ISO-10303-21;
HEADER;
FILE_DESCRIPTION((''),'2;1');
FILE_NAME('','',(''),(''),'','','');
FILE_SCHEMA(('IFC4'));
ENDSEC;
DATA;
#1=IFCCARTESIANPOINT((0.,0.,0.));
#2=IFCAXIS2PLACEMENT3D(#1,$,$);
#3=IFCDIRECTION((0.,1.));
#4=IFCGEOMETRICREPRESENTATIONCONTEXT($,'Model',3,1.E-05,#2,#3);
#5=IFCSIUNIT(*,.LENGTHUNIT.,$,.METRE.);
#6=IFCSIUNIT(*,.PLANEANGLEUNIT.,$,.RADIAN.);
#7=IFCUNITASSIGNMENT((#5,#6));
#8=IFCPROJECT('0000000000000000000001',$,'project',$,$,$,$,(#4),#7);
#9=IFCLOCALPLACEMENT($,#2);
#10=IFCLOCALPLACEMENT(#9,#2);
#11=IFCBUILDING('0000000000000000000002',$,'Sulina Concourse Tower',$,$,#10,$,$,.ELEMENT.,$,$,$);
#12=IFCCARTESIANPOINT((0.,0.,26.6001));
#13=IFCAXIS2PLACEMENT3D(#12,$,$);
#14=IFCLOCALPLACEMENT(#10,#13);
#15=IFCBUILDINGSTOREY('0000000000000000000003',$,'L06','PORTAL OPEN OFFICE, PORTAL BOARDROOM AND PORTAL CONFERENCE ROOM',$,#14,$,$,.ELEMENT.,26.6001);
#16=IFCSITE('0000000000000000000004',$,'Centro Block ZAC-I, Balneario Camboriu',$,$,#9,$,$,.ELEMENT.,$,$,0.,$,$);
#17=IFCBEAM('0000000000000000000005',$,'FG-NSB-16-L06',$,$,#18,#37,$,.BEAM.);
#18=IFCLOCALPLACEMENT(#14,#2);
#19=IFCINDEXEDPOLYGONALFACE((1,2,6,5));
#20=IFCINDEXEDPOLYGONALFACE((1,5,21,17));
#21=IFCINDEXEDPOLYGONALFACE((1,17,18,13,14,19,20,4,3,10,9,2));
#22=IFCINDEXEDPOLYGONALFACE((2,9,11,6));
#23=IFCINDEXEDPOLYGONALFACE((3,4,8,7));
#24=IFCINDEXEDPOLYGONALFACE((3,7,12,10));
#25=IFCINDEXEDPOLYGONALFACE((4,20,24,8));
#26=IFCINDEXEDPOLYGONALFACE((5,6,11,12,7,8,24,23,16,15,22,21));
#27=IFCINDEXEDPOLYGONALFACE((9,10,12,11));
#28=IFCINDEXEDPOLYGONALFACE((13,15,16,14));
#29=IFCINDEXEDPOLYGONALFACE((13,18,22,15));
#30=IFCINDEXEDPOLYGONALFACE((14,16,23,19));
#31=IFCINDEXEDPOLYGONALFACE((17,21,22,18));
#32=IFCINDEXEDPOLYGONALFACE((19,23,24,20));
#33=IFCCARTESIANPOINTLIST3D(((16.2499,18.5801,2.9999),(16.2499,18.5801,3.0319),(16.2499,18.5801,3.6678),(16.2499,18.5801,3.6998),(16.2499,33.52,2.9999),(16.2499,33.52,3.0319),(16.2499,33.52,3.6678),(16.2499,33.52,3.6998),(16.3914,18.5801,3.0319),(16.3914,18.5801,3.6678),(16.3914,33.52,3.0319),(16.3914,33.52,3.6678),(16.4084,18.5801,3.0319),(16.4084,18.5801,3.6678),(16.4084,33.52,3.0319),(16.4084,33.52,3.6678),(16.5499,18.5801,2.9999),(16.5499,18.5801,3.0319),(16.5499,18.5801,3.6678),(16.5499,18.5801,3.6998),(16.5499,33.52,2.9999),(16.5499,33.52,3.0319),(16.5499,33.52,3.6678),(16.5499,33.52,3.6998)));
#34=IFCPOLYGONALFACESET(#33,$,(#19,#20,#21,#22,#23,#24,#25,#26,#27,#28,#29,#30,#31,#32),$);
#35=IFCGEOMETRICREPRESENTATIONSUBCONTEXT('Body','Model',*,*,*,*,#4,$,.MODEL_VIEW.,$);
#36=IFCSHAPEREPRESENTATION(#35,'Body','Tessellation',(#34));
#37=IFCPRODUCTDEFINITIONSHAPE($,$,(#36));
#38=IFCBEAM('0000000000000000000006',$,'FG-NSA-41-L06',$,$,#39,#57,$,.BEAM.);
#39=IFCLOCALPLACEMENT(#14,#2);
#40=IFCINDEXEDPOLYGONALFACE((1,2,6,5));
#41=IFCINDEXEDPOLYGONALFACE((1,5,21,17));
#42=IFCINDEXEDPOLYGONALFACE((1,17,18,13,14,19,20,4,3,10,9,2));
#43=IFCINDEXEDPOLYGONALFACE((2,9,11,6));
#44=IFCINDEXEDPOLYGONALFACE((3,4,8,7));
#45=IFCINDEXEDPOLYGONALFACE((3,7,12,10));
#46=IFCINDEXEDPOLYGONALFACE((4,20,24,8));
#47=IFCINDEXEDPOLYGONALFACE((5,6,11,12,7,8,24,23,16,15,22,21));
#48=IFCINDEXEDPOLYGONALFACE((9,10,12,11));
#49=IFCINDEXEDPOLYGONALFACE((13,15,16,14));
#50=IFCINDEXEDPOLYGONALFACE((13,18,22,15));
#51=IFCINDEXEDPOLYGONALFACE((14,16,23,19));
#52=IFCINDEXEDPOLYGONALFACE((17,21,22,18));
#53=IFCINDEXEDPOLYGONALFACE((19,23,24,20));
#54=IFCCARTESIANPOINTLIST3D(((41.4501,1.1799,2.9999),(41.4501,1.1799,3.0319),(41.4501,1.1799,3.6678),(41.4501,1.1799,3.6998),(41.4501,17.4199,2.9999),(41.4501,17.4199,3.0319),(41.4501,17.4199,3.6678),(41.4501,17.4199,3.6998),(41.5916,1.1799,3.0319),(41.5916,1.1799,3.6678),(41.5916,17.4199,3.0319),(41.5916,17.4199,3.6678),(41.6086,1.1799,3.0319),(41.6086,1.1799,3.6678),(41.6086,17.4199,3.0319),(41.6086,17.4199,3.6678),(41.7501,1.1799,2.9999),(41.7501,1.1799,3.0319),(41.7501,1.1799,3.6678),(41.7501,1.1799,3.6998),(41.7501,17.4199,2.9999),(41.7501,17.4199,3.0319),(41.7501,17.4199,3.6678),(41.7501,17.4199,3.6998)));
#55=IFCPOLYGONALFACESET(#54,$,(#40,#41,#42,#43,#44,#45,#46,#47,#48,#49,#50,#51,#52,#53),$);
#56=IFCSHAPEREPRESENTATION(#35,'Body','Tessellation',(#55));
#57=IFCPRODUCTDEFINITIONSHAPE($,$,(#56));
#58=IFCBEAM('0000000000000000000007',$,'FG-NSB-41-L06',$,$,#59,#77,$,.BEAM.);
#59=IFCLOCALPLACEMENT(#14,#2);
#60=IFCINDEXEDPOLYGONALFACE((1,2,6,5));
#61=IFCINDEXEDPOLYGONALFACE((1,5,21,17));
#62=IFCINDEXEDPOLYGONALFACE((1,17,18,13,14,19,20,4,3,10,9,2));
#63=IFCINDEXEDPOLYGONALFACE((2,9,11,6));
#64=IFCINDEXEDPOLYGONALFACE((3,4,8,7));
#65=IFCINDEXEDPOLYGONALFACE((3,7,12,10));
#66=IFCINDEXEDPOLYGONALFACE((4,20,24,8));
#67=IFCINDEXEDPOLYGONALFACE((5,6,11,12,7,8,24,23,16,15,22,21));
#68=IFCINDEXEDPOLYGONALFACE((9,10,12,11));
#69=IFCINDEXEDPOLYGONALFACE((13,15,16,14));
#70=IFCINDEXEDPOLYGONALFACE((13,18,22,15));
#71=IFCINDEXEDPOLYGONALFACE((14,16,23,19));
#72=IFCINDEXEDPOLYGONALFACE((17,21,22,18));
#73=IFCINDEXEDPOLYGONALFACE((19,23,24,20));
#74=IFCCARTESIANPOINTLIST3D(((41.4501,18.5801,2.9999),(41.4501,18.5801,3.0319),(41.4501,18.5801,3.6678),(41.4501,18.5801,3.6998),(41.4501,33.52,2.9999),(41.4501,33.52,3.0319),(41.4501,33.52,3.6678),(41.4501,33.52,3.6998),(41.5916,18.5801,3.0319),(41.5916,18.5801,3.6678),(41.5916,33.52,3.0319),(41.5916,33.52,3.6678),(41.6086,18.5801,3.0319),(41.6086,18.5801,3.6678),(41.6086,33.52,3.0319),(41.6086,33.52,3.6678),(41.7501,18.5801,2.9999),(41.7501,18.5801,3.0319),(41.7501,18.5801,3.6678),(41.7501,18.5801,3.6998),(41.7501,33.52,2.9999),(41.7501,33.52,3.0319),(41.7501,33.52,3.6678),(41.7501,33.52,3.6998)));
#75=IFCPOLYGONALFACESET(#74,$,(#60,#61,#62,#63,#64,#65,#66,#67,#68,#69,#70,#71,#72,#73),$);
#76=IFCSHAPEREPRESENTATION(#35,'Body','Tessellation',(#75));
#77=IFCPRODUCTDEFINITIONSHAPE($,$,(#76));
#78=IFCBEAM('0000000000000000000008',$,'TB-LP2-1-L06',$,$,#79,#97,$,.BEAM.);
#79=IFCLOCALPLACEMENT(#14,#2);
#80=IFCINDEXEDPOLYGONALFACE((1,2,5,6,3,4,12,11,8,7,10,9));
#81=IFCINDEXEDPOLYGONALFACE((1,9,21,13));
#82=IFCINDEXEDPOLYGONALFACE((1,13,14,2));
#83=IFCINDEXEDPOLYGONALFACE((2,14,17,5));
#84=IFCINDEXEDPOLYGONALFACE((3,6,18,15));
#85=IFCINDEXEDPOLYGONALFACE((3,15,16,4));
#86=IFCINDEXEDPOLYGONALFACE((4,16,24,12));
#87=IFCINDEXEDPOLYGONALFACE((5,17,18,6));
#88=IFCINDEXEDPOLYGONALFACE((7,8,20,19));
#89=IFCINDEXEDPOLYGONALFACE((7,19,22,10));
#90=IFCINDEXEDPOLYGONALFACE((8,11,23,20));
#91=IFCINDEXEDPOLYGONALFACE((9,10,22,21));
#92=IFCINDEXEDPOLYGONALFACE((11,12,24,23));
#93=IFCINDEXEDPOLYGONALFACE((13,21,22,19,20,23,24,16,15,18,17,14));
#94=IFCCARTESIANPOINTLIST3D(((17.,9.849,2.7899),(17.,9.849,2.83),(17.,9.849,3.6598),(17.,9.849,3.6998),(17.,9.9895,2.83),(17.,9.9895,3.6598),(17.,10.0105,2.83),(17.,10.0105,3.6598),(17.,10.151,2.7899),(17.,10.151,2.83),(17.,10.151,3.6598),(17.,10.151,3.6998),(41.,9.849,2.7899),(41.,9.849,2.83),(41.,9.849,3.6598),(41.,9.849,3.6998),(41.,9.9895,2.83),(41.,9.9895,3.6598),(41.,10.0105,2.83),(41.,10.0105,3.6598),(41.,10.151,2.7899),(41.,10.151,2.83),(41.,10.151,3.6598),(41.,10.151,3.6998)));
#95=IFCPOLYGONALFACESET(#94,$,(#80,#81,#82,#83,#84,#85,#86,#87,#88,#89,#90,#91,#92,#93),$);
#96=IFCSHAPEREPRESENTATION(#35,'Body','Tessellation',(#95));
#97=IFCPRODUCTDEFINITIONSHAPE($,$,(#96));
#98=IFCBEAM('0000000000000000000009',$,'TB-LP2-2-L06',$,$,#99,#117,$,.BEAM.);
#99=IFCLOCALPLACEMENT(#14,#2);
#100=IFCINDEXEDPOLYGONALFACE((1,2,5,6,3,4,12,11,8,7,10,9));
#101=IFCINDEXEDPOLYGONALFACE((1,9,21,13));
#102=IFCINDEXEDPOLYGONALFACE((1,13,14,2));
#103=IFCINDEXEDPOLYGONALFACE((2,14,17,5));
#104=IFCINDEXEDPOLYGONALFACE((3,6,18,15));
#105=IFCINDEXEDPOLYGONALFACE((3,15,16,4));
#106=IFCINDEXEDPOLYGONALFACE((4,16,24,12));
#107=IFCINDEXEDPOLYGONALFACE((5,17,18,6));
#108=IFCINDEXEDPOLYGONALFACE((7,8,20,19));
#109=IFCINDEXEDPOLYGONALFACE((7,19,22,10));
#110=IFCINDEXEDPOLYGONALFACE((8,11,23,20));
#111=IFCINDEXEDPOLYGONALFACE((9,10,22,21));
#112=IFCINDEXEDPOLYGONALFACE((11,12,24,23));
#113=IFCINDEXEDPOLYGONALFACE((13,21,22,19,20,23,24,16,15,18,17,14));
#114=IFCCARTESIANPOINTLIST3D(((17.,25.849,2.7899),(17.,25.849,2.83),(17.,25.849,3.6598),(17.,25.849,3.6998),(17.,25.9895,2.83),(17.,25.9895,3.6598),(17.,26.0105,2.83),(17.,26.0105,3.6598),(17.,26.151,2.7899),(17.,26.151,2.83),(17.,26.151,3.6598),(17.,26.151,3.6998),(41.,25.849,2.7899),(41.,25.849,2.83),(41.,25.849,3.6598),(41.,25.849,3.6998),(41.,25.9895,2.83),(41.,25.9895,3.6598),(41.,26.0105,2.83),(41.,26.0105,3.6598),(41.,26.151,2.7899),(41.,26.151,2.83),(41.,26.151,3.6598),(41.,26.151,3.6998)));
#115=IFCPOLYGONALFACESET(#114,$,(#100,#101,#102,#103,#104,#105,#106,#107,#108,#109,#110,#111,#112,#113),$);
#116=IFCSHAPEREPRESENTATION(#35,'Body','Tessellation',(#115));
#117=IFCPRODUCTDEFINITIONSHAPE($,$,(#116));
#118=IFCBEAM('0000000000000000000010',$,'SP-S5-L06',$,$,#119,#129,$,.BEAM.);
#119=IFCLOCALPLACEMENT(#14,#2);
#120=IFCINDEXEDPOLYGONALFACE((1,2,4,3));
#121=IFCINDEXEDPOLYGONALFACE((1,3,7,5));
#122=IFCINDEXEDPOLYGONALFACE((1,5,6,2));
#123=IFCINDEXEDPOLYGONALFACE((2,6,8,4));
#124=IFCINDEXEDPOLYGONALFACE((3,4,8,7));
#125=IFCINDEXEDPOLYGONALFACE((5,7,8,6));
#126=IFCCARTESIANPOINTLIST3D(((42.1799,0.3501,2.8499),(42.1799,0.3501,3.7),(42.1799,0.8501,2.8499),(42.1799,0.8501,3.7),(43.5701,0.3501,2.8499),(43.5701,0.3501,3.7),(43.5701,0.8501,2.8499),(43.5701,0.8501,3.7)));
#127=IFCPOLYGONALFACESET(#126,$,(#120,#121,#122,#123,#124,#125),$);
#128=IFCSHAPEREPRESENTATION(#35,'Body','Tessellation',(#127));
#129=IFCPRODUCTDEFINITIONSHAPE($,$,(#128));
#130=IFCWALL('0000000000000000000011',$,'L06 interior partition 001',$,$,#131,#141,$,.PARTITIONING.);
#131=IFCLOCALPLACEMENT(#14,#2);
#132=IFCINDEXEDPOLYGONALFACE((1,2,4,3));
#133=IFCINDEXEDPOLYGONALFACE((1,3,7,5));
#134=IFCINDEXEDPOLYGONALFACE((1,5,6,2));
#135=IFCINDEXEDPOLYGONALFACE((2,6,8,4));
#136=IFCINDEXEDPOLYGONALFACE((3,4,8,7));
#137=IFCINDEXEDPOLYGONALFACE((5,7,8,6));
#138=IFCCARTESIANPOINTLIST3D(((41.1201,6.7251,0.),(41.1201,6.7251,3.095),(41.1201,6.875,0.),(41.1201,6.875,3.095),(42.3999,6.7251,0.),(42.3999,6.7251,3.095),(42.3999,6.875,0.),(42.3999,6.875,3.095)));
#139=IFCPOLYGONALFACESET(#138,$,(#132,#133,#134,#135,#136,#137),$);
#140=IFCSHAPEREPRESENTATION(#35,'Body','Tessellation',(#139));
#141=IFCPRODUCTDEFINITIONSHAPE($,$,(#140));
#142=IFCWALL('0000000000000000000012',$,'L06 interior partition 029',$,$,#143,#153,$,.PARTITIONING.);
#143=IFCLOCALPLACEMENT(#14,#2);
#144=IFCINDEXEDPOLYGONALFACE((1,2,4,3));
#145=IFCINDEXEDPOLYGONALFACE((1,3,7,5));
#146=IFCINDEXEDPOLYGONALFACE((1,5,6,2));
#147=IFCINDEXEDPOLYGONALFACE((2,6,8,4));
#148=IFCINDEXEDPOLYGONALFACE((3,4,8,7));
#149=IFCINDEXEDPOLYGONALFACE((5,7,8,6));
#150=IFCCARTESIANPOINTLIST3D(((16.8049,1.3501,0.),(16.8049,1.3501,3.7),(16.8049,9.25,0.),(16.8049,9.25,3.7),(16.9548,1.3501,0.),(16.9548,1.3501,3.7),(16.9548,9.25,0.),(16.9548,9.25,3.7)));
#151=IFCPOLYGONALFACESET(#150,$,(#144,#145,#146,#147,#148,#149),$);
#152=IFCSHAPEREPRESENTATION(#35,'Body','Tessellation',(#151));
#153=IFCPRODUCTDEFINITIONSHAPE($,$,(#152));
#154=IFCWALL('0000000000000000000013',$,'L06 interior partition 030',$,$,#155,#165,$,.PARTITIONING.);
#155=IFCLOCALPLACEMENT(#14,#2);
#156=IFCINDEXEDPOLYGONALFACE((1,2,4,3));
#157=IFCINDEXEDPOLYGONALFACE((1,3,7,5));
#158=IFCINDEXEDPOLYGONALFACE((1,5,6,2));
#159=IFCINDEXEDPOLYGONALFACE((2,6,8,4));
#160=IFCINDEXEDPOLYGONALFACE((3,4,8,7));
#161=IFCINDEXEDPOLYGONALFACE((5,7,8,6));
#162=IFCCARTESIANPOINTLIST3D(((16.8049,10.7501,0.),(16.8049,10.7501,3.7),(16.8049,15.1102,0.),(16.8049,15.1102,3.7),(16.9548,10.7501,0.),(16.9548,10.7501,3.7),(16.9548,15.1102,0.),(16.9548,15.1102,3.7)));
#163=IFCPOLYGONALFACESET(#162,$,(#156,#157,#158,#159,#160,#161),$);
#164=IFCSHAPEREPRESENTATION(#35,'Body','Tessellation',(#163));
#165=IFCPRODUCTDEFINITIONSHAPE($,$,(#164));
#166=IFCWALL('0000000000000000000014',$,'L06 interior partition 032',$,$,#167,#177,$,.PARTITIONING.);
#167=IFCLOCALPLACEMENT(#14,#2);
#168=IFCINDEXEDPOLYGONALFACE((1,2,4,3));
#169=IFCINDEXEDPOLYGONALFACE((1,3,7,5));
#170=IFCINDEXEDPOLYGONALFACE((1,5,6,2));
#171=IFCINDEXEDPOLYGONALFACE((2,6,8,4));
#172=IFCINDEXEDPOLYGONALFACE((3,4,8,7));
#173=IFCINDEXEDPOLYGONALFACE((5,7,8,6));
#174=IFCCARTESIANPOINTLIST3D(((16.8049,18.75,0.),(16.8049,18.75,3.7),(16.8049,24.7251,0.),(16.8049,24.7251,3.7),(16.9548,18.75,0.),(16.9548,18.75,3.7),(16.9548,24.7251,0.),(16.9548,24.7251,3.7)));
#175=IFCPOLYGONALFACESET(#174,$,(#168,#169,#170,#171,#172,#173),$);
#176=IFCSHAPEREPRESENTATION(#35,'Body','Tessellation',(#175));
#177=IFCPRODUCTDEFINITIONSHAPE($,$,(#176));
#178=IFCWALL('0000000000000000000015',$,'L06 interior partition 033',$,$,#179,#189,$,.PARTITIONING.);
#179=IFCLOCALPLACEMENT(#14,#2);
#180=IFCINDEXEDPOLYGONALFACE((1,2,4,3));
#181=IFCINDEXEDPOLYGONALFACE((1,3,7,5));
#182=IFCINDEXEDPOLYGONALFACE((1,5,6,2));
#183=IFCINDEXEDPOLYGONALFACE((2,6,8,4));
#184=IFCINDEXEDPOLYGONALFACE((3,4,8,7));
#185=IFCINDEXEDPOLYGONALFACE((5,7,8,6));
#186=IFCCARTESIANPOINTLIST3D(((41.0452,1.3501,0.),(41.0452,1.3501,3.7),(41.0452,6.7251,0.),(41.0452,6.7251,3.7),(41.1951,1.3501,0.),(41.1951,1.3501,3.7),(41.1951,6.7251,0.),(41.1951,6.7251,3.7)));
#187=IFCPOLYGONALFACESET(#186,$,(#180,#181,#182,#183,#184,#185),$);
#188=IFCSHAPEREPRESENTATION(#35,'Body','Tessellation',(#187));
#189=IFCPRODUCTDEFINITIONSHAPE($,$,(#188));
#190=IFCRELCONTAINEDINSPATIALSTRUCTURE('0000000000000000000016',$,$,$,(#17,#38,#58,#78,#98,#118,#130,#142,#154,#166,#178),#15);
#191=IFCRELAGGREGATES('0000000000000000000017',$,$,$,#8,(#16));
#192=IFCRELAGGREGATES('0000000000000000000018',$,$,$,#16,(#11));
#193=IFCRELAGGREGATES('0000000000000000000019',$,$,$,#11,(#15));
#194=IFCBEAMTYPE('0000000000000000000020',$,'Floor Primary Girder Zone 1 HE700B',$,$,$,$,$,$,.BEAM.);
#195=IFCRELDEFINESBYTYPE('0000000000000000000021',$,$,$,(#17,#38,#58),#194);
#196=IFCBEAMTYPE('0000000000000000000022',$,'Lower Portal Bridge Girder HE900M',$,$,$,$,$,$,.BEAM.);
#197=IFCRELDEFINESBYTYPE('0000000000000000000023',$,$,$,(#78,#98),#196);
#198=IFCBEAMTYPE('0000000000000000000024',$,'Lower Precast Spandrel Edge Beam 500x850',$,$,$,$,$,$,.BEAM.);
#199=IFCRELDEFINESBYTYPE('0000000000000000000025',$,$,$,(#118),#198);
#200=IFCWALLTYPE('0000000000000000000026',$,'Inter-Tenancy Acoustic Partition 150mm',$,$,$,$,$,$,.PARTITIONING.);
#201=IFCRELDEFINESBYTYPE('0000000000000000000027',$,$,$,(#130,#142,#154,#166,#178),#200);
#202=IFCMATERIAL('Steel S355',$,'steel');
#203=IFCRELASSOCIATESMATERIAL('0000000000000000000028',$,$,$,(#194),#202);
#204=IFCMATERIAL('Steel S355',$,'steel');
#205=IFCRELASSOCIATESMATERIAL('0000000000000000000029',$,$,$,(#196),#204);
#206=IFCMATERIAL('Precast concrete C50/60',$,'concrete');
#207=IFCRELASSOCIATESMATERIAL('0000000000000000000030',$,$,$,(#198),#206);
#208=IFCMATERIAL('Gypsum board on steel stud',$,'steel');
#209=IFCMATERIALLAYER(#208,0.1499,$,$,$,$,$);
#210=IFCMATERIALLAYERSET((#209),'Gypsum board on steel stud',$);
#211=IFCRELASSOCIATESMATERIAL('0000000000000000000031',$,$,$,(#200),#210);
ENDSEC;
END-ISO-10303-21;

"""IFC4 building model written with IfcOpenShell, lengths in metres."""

from ifc_helpers import new_model, si_unit, direction, frame, frame_2d, origin, origin_2d, place, context, subcontext, project, spatial, rectangle, i_section, extrude, material, layer, layer_set, material_profile, profile_set, type_object, element, save


model = new_model("IFC4")

# Units and contexts
model_context = context("Model", 3, precision=1e-05, world=origin(), true_north=direction((0.0, 1.0)))
body_context = subcontext(model_context, "Body", "Model", "MODEL_VIEW")
ifc_project = project(units=[si_unit("LENGTHUNIT", "METRE"), si_unit("PLANEANGLEUNIT", "RADIAN")], contexts=[model_context])

# Site, building, storey
site_placement = place(None, origin())
site = spatial("IfcSite", under=ifc_project, at=site_placement, Name="Centro Block ZAC-I, Balneario Camboriu", CompositionType="ELEMENT", RefElevation=0.0)
building_placement = place(site_placement, origin())
building = spatial("IfcBuilding", under=site, at=building_placement, Name="Sulina Concourse Tower", CompositionType="ELEMENT")
storey_placement = place(building_placement, frame((0.0, 0.0, 26.6001)))
storey = spatial("IfcBuildingStorey", under=building, at=storey_placement, Name="L06", Description="PORTAL OPEN OFFICE, PORTAL BOARDROOM AND PORTAL CONFERENCE ROOM", CompositionType="ELEMENT", Elevation=26.6001)

# Beams
ifc_material_1 = material(Name="Steel S355", Category="steel")
ifc_material_profile_1 = material_profile(ifc_material_1, i_section(OverallWidth=0.3, OverallDepth=0.7, WebThickness=0.0171, FlangeThickness=0.032, at=origin_2d()), Name="HE 700 B")
ifc_profile_set_1 = profile_set([ifc_material_profile_1], Name="Steel S355")
beam_type_1 = type_object("IfcBeamType", Name="Floor Primary Girder Zone 1 HE700B", PredefinedType="BEAM", material=ifc_profile_set_1)
beam_1_placement = place(storey_placement, frame((16.3999, 18.5801, 3.3499), z_axis=(0.0, 1.0, 0.0), x_axis=(-1.0, 0.0, 0.0)))
element("IfcBeam", 1, at=beam_1_placement, inside=storey, type_object=beam_type_1, Name="FG-NSB-16-L06", PredefinedType="BEAM", context=body_context, shape_type="SweptSolid", body=[
    extrude(i_section(OverallWidth=0.3, OverallDepth=0.7, WebThickness=0.0171, FlangeThickness=0.032, at=origin_2d()), origin(), (0.0, 0.0, 1.0), 14.9399),
])
beam_2_placement = place(storey_placement, frame((41.6001, 1.1799, 3.3499), z_axis=(0.0, 1.0, 0.0), x_axis=(-1.0, 0.0, 0.0)))
element("IfcBeam", 2, at=beam_2_placement, inside=storey, type_object=beam_type_1, Name="FG-NSA-41-L06", PredefinedType="BEAM", context=body_context, shape_type="SweptSolid", body=[
    extrude(i_section(OverallWidth=0.3, OverallDepth=0.7, WebThickness=0.0171, FlangeThickness=0.032, at=origin_2d()), origin(), (0.0, 0.0, 1.0), 16.24),
])
beam_3_placement = place(storey_placement, frame((41.6001, 18.5801, 3.3499), z_axis=(0.0, 1.0, 0.0), x_axis=(-1.0, 0.0, 0.0)))
element("IfcBeam", 3, at=beam_3_placement, inside=storey, type_object=beam_type_1, Name="FG-NSB-41-L06", PredefinedType="BEAM", context=body_context, shape_type="SweptSolid", body=[
    extrude(i_section(OverallWidth=0.3, OverallDepth=0.7, WebThickness=0.0171, FlangeThickness=0.032, at=origin_2d()), origin(), (0.0, 0.0, 1.0), 14.9399),
])
ifc_material_2 = material(Name="Steel S355", Category="steel")
ifc_material_profile_2 = material_profile(ifc_material_2, i_section(OverallWidth=0.302, OverallDepth=0.9099, WebThickness=0.021, FlangeThickness=0.04, at=origin_2d()), Name="HE 900 M")
ifc_profile_set_2 = profile_set([ifc_material_profile_2], Name="Steel S355")
beam_type_2 = type_object("IfcBeamType", Name="Lower Portal Bridge Girder HE900M", PredefinedType="BEAM", material=ifc_profile_set_2)
for number, where, z_axis, x_axis, name in (
    (4, (17.0, 10.0, 3.2449), (1.0, 0.0, 0.0), (0.0, 1.0, 0.0), "TB-LP2-1-L06"),
    (5, (17.0, 26.0, 3.2449), (1.0, 0.0, 0.0), (0.0, 1.0, 0.0), "TB-LP2-2-L06"),
):
    element("IfcBeam", number, at=place(storey_placement, frame(where, z_axis=z_axis, x_axis=x_axis)), inside=storey, type_object=beam_type_2, Name=name, PredefinedType="BEAM", context=body_context, shape_type="SweptSolid", body=[
        extrude(i_section(OverallWidth=0.302, OverallDepth=0.9099, WebThickness=0.021, FlangeThickness=0.04, at=origin_2d()), origin(), (0.0, 0.0, 1.0), 24.0),
    ])
ifc_material_3 = material(Name="Precast concrete C50/60", Category="concrete")
ifc_material_profile_3 = material_profile(ifc_material_3, rectangle(XDim=0.5, YDim=0.8501, at=origin_2d()), Name="RC 500x850")
ifc_profile_set_3 = profile_set([ifc_material_profile_3], Name="Precast concrete C50/60")
beam_type_3 = type_object("IfcBeamType", Name="Lower Precast Spandrel Edge Beam 500x850", PredefinedType="BEAM", material=ifc_profile_set_3)
beam_4_placement = place(storey_placement, frame((42.1799, 0.6001, 3.2749), z_axis=(1.0, 0.0, 0.0), x_axis=(0.0, 1.0, 0.0)))
element("IfcBeam", 6, at=beam_4_placement, inside=storey, type_object=beam_type_3, Name="SP-S5-L06", PredefinedType="BEAM", context=body_context, shape_type="SweptSolid", body=[
    extrude(rectangle(XDim=0.5, YDim=0.8501, at=origin_2d()), origin(), (0.0, 0.0, 1.0), 1.3901),
])

# Walls
ifc_material_4 = material(Name="Gypsum board on steel stud", Category="steel")
ifc_layer_1 = layer(ifc_material_4, 0.1499)
ifc_layer_set_1 = layer_set([ifc_layer_1], Name="Gypsum board on steel stud")
wall_type_1 = type_object("IfcWallType", Name="Inter-Tenancy Acoustic Partition 150mm", PredefinedType="PARTITIONING", material=ifc_layer_set_1)
wall_1_placement = place(storey_placement, frame((41.1201, 6.8, 0.0), z_axis=(0.0, 0.0, 1.0), x_axis=(1.0, 0.0, 0.0)))
element("IfcWall", 7, at=wall_1_placement, inside=storey, type_object=wall_type_1, Name="L06 interior partition 001", PredefinedType="PARTITIONING", context=body_context, shape_type="SweptSolid", body=[
    extrude(rectangle(XDim=1.2798, YDim=0.1499, at=frame_2d((0.6399, 0.0))), origin(), (0.0, 0.0, 1.0), 3.095),
])
wall_2_placement = place(storey_placement, frame((16.8799, 1.3501, 0.0), z_axis=(0.0, 0.0, 1.0), x_axis=(0.0, 1.0, 0.0)))
element("IfcWall", 8, at=wall_2_placement, inside=storey, type_object=wall_type_1, Name="L06 interior partition 029", PredefinedType="PARTITIONING", context=body_context, shape_type="SweptSolid", body=[
    extrude(rectangle(XDim=7.8999, YDim=0.1499, at=frame_2d((3.95, 0.0))), origin(), (0.0, 0.0, 1.0), 3.7),
])
wall_3_placement = place(storey_placement, frame((16.8799, 10.75, 0.0), z_axis=(0.0, 0.0, 1.0), x_axis=(0.0, 1.0, 0.0)))
element("IfcWall", 9, at=wall_3_placement, inside=storey, type_object=wall_type_1, Name="L06 interior partition 030", PredefinedType="PARTITIONING", context=body_context, shape_type="SweptSolid", body=[
    extrude(rectangle(XDim=4.3601, YDim=0.1499, at=frame_2d((2.1802, 0.0))), origin(), (0.0, 0.0, 1.0), 3.7),
])
wall_4_placement = place(storey_placement, frame((16.8799, 18.75, 0.0), z_axis=(0.0, 0.0, 1.0), x_axis=(0.0, 1.0, 0.0)))
element("IfcWall", 10, at=wall_4_placement, inside=storey, type_object=wall_type_1, Name="L06 interior partition 032", PredefinedType="PARTITIONING", context=body_context, shape_type="SweptSolid", body=[
    extrude(rectangle(XDim=5.9751, YDim=0.1499, at=frame_2d((2.9875, 0.0))), origin(), (0.0, 0.0, 1.0), 3.7),
])
wall_5_placement = place(storey_placement, frame((41.1201, 1.3501, 0.0), z_axis=(0.0, 0.0, 1.0), x_axis=(0.0, 1.0, 0.0)))
element("IfcWall", 11, at=wall_5_placement, inside=storey, type_object=wall_type_1, Name="L06 interior partition 033", PredefinedType="PARTITIONING", context=body_context, shape_type="SweptSolid", body=[
    extrude(rectangle(XDim=5.375, YDim=0.1499, at=frame_2d((2.6875, 0.0))), origin(), (0.0, 0.0, 1.0), 3.7),
])

save(model, "model.ifc")
